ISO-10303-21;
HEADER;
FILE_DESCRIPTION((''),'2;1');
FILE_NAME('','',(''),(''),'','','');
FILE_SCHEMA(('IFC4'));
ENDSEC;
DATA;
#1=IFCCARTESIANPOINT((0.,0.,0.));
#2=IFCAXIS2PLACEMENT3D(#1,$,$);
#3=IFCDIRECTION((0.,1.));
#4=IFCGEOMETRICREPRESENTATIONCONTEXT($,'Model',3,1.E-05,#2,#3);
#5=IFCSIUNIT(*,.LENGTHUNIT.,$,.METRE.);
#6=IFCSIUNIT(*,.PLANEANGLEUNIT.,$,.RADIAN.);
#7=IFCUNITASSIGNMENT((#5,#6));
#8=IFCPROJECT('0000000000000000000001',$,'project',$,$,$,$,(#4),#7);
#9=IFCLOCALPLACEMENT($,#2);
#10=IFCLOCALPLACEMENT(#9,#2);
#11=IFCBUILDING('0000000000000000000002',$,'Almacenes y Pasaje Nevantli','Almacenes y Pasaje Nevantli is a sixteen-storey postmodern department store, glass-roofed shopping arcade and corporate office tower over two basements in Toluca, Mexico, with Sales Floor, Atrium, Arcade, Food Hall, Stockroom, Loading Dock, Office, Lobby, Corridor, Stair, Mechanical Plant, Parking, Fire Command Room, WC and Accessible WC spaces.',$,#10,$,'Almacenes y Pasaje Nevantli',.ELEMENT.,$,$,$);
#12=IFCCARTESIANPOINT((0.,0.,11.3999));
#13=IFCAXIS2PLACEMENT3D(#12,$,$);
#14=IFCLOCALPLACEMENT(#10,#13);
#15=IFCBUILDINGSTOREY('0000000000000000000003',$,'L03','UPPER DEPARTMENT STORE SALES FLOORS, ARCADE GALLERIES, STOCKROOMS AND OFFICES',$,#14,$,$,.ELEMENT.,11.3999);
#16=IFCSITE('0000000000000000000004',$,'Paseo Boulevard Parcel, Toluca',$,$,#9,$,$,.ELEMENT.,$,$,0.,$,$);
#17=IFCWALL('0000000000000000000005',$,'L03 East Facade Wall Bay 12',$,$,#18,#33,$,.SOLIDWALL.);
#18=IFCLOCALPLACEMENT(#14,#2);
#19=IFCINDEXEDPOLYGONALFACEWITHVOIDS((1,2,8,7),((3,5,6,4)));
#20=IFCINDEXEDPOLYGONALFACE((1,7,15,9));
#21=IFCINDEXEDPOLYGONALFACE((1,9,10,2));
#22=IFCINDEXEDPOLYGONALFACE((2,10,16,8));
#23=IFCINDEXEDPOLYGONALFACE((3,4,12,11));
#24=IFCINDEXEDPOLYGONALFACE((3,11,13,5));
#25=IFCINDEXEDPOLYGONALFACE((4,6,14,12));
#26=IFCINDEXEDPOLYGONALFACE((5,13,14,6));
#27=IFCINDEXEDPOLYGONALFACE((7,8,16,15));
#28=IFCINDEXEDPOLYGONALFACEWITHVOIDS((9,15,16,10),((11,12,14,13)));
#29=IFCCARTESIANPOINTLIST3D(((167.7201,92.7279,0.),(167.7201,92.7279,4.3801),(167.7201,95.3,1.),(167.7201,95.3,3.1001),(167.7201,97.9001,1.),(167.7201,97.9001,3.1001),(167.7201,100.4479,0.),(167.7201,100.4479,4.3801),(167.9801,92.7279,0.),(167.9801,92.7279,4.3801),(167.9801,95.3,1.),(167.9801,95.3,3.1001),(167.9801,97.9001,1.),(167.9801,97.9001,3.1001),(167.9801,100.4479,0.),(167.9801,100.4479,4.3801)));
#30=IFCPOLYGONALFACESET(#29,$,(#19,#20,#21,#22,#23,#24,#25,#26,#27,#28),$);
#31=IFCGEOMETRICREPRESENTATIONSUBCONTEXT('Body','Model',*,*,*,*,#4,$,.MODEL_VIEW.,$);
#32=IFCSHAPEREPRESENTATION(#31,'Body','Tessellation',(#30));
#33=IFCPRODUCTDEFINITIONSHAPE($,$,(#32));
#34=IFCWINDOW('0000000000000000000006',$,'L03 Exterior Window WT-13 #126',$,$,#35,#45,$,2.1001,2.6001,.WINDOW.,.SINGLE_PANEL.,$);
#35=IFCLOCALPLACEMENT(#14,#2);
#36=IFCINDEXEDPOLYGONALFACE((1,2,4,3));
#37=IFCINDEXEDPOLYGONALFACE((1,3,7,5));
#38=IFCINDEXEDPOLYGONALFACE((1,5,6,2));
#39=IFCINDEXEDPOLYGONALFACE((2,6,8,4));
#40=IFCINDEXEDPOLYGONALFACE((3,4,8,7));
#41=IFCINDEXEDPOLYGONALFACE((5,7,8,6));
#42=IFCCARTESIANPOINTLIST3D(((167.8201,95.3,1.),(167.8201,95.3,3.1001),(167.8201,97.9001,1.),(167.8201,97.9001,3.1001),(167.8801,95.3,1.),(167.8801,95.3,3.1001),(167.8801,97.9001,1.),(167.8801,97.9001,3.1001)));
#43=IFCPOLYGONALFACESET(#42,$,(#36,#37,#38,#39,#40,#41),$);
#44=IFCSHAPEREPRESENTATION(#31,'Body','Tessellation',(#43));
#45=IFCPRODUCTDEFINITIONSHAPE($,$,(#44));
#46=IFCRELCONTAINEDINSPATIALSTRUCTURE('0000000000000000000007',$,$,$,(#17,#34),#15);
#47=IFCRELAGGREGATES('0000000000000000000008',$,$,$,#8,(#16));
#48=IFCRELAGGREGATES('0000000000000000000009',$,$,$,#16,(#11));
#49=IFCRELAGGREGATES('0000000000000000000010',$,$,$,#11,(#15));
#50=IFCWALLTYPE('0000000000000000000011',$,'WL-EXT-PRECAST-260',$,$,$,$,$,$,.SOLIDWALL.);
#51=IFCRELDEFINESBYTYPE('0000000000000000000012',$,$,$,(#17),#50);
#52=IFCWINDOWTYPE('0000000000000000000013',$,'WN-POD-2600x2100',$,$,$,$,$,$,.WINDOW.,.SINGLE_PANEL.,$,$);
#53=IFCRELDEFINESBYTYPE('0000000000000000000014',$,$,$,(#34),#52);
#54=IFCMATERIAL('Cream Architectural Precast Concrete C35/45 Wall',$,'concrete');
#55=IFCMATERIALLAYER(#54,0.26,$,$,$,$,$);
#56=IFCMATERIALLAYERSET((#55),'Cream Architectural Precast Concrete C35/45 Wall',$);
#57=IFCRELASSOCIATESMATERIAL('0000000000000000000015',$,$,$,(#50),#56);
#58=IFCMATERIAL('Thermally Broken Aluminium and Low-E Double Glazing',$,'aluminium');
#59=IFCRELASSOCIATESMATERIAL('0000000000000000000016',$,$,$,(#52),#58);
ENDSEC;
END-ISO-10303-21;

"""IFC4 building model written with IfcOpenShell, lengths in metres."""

from ifc_helpers import new_model, si_unit, direction, frame, frame_2d, origin, place, context, subcontext, project, spatial, rectangle, extrude, material, layer, layer_set, type_object, element, fill, save


model = new_model("IFC4")

# Units and contexts
model_context = context("Model", 3, precision=1e-05, world=origin(), true_north=direction((0.0, 1.0)))
body_context = subcontext(model_context, "Body", "Model", "MODEL_VIEW")
ifc_project = project(units=[si_unit("LENGTHUNIT", "METRE"), si_unit("PLANEANGLEUNIT", "RADIAN")], contexts=[model_context])

# Site, building, storey
site_placement = place(None, origin())
site = spatial("IfcSite", under=ifc_project, at=site_placement, Name="Paseo Boulevard Parcel, Toluca", CompositionType="ELEMENT", RefElevation=0.0)
building_placement = place(site_placement, origin())
building = spatial("IfcBuilding", under=site, at=building_placement, Name="Almacenes y Pasaje Nevantli", Description="Almacenes y Pasaje Nevantli is a sixteen-storey postmodern department store, glass-roofed shopping arcade and corporate office tower over two basements in Toluca, Mexico, with Sales Floor, Atrium, Arcade, Food Hall, Stockroom, Loading Dock, Office, Lobby, Corridor, Stair, Mechanical Plant, Parking, Fire Command Room, WC and Accessible WC spaces.", LongName="Almacenes y Pasaje Nevantli", CompositionType="ELEMENT")
storey_placement = place(building_placement, frame((0.0, 0.0, 11.3999)))
storey = spatial("IfcBuildingStorey", under=building, at=storey_placement, Name="L03", Description="UPPER DEPARTMENT STORE SALES FLOORS, ARCADE GALLERIES, STOCKROOMS AND OFFICES", CompositionType="ELEMENT", Elevation=11.3999)

# Wall, opening, window
ifc_material_1 = material(Name="Cream Architectural Precast Concrete C35/45 Wall", Category="concrete")
ifc_layer_1 = layer(ifc_material_1, 0.26)
ifc_layer_set_1 = layer_set([ifc_layer_1], Name="Cream Architectural Precast Concrete C35/45 Wall")
wall_type_1 = type_object("IfcWallType", Name="WL-EXT-PRECAST-260", PredefinedType="SOLIDWALL", material=ifc_layer_set_1)
wall_1_placement = place(storey_placement, frame((167.8501, 92.728, 0.0), z_axis=(0.0, 0.0, 1.0), x_axis=(0.0, 1.0, 0.0)))
wall_1 = element("IfcWall", 1, at=wall_1_placement, inside=storey, type_object=wall_type_1, Name="L03 East Facade Wall Bay 12", PredefinedType="SOLIDWALL", context=body_context, shape_type="SweptSolid", body=[
    extrude(rectangle(XDim=7.72, YDim=0.26, at=frame_2d((3.8599, 0.0))), origin(), (0.0, 0.0, 1.0), 4.3801),
])
opening_placement = place(wall_1_placement, frame((2.572, 0.0, 1.0)))
opening = element("IfcOpeningElement", 2, at=opening_placement, cuts=wall_1, PredefinedType="OPENING", context=body_context, shape_type="SweptSolid", body=[
    extrude(rectangle(XDim=2.6001, YDim=2.1001, at=frame_2d((1.3, 1.05))), frame((0.0, 0.1399, 0.0), z_axis=(0.0, -1.0, 0.0), x_axis=(1.0, 0.0, 0.0)), (0.0, 0.0, 1.0), 0.28),
])
ifc_material_2 = material(Name="Thermally Broken Aluminium and Low-E Double Glazing", Category="aluminium")
window_type = type_object("IfcWindowType", Name="WN-POD-2600x2100", PartitioningType="SINGLE_PANEL", PredefinedType="WINDOW", material=ifc_material_2)
window_placement = place(opening_placement, origin())
window = element("IfcWindow", 3, at=window_placement, inside=storey, type_object=window_type, Name="L03 Exterior Window WT-13 #126", OverallHeight=2.1001, OverallWidth=2.6001, PartitioningType="SINGLE_PANEL", PredefinedType="WINDOW", context=body_context, shape_type="SweptSolid", body=[
    extrude(rectangle(XDim=2.6001, YDim=2.1001, at=frame_2d((1.3, 1.05))), frame((0.0, 0.03, 0.0), z_axis=(0.0, -1.0, 0.0), x_axis=(1.0, 0.0, 0.0)), (0.0, 0.0, 1.0), 0.0601),
])
fill(opening, window)

save(model, "model.ifc")
